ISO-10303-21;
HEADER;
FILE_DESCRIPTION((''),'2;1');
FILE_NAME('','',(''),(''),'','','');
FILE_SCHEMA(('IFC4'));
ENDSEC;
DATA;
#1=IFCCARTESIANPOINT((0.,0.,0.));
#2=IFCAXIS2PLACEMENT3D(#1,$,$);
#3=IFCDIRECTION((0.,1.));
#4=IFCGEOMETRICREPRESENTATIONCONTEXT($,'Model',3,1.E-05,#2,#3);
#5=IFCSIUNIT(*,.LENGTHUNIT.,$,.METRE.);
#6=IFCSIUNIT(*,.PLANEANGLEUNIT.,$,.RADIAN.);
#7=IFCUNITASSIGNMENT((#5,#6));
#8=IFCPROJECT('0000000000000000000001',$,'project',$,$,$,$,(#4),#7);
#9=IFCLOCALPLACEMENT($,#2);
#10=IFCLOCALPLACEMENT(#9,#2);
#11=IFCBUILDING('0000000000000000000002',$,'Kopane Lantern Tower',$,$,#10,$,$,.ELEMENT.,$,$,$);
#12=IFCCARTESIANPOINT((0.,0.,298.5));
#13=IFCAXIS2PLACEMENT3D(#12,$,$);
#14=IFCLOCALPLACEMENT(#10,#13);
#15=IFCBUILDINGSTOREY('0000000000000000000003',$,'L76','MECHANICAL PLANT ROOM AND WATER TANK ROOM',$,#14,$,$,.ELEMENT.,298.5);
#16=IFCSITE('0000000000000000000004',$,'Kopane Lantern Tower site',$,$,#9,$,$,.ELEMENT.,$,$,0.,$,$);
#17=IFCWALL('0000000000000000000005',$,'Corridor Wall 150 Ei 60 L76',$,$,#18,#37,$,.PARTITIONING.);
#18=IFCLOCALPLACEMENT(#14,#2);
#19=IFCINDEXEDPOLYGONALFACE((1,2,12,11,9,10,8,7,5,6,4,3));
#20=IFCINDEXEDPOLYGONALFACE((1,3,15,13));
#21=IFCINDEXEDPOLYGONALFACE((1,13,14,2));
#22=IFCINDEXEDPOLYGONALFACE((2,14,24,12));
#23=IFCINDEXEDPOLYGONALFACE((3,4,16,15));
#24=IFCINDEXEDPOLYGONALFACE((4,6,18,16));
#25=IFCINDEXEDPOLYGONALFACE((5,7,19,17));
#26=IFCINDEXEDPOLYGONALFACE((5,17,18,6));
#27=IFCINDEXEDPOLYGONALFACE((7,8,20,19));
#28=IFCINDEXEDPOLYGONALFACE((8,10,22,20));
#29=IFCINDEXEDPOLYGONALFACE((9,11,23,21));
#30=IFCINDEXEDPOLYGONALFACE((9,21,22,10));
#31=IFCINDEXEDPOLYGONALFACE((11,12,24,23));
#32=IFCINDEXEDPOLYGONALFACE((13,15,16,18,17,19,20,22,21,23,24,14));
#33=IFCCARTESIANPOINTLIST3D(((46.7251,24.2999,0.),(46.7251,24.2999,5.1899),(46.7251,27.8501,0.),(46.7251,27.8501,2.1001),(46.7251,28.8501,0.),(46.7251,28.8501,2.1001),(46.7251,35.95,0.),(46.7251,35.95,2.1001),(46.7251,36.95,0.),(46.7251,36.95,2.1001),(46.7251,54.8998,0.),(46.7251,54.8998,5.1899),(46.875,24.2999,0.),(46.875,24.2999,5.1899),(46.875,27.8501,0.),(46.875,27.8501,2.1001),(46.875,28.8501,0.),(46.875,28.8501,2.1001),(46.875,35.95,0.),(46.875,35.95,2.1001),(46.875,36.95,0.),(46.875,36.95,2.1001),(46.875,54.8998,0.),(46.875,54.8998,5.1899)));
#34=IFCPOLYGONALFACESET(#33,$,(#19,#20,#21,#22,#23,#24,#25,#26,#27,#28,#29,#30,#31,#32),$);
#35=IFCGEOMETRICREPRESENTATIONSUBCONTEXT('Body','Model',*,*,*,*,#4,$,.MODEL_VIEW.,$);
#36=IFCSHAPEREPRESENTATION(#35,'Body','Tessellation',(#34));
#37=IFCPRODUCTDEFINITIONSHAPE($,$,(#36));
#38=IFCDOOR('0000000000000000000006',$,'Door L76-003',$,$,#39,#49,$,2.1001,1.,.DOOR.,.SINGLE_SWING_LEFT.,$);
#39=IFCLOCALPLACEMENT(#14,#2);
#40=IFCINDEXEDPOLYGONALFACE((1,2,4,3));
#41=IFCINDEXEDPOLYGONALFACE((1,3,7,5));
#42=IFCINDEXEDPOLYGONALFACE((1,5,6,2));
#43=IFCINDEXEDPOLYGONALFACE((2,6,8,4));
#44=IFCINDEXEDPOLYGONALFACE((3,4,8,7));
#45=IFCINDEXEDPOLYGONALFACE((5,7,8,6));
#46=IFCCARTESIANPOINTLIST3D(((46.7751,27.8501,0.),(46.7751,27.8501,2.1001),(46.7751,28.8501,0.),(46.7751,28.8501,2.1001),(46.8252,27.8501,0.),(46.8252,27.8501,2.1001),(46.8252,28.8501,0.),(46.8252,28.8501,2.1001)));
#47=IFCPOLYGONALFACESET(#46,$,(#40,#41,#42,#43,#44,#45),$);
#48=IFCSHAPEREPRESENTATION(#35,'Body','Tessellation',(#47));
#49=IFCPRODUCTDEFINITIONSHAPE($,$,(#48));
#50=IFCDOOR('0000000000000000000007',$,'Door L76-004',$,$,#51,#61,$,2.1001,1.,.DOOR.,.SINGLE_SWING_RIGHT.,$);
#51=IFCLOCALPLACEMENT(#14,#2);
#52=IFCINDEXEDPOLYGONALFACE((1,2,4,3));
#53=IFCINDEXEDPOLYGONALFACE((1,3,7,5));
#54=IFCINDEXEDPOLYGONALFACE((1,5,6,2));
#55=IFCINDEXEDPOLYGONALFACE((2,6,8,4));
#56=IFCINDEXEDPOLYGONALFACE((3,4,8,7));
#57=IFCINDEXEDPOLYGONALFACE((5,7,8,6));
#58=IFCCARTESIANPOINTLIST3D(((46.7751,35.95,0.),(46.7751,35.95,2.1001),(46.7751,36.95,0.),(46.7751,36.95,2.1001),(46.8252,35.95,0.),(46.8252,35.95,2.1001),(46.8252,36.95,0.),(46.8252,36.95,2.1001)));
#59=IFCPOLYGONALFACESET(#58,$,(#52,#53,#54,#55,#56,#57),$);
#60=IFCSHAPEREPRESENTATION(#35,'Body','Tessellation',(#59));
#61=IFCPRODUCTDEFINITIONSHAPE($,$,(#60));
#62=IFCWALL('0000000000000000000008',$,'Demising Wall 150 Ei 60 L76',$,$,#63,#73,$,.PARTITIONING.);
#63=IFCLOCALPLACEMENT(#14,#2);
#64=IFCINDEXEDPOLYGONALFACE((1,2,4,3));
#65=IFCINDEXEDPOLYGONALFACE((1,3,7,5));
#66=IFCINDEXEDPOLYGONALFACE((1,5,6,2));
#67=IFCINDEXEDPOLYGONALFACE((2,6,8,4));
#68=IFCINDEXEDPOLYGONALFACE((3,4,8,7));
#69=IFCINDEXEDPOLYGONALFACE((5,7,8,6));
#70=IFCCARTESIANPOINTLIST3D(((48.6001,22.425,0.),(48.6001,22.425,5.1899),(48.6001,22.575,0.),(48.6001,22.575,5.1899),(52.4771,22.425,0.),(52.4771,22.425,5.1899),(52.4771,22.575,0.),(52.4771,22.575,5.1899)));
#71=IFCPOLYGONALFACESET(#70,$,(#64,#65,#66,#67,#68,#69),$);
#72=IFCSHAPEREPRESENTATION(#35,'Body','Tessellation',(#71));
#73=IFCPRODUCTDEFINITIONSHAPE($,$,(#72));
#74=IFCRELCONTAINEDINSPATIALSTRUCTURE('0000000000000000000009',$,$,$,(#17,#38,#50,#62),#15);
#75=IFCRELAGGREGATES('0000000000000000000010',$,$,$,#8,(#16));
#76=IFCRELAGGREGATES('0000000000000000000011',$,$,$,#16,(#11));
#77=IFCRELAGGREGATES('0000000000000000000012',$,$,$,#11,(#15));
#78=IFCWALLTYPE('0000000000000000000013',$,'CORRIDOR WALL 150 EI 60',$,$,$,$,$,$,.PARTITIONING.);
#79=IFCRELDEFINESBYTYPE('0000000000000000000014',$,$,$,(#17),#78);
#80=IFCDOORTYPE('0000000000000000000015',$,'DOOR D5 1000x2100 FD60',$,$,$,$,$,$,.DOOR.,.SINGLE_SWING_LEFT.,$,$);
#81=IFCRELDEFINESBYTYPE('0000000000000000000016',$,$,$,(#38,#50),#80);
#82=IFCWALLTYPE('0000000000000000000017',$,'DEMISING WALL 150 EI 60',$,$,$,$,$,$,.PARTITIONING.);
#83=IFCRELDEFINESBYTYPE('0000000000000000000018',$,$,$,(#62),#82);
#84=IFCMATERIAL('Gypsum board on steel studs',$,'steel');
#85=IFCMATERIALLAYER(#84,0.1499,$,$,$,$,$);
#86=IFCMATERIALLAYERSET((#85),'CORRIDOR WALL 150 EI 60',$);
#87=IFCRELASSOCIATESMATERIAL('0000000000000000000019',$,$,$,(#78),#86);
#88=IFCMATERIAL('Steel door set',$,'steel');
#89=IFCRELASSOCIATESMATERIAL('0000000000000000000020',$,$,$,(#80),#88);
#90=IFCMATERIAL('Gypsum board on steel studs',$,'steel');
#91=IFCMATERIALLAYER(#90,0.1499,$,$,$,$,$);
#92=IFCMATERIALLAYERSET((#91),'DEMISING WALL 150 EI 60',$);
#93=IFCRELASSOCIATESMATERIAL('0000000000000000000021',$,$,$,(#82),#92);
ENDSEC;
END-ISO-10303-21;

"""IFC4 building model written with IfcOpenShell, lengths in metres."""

from ifc_helpers import new_model, si_unit, direction, frame, frame_2d, origin, place, context, subcontext, project, spatial, rectangle, extrude, material, layer, layer_set, type_object, element, fill, save


model = new_model("IFC4")

# Units and contexts
model_context = context("Model", 3, precision=1e-05, world=origin(), true_north=direction((0.0, 1.0)))
body_context = subcontext(model_context, "Body", "Model", "MODEL_VIEW")
ifc_project = project(units=[si_unit("LENGTHUNIT", "METRE"), si_unit("PLANEANGLEUNIT", "RADIAN")], contexts=[model_context])

# Site, building, storey
site_placement = place(None, origin())
site = spatial("IfcSite", under=ifc_project, at=site_placement, Name="Kopane Lantern Tower site", CompositionType="ELEMENT", RefElevation=0.0)
building_placement = place(site_placement, origin())
building = spatial("IfcBuilding", under=site, at=building_placement, Name="Kopane Lantern Tower", CompositionType="ELEMENT")
storey_placement = place(building_placement, frame((0.0, 0.0, 298.5)))
storey = spatial("IfcBuildingStorey", under=building, at=storey_placement, Name="L76", Description="MECHANICAL PLANT ROOM AND WATER TANK ROOM", CompositionType="ELEMENT", Elevation=298.5)

# Wall, openings, doors
ifc_material_1 = material(Name="Gypsum board on steel studs", Category="steel")
ifc_layer_1 = layer(ifc_material_1, 0.1499)
ifc_layer_set_1 = layer_set([ifc_layer_1], Name="CORRIDOR WALL 150 EI 60")
wall_type_1 = type_object("IfcWallType", Name="CORRIDOR WALL 150 EI 60", PredefinedType="PARTITIONING", material=ifc_layer_set_1)
wall_1_placement = place(storey_placement, frame((46.8, 24.3, 0.0), z_axis=(0.0, 0.0, 1.0), x_axis=(0.0, 1.0, 0.0)))
wall_1 = element("IfcWall", 1, at=wall_1_placement, inside=storey, type_object=wall_type_1, Name="Corridor Wall 150 Ei 60 L76", PredefinedType="PARTITIONING", context=body_context, shape_type="SweptSolid", body=[
    extrude(rectangle(XDim=30.5999, YDim=0.1499, at=frame_2d((15.2998, 0.0))), origin(), (0.0, 0.0, 1.0), 5.1899),
])
opening_1_placement = place(wall_1_placement, frame((3.55, 0.0, 0.0)))
opening_1 = element("IfcOpeningElement", 2, at=opening_1_placement, cuts=wall_1, PredefinedType="OPENING", context=body_context, shape_type="SweptSolid", body=[
    extrude(rectangle(XDim=1.0, YDim=2.1001, at=frame_2d((0.5, 1.05))), frame((0.0, 0.085, 0.0), z_axis=(0.0, -1.0, 0.0), x_axis=(1.0, 0.0, 0.0)), (0.0, 0.0, 1.0), 0.1699),
])
opening_2_placement = place(wall_1_placement, frame((11.6499, 0.0, 0.0)))
opening_2 = element("IfcOpeningElement", 3, at=opening_2_placement, cuts=wall_1, PredefinedType="OPENING", context=body_context, shape_type="SweptSolid", body=[
    extrude(rectangle(XDim=1.0, YDim=2.1001, at=frame_2d((0.5, 1.05))), frame((0.0, 0.085, 0.0), z_axis=(0.0, -1.0, 0.0), x_axis=(1.0, 0.0, 0.0)), (0.0, 0.0, 1.0), 0.1699),
])
ifc_material_2 = material(Name="Steel door set", Category="steel")
door_type_1 = type_object("IfcDoorType", Name="DOOR D5 1000x2100 FD60", OperationType="SINGLE_SWING_LEFT", PredefinedType="DOOR", material=ifc_material_2)
door_1_placement = place(opening_1_placement, origin())
door_1 = element("IfcDoor", 4, at=door_1_placement, inside=storey, type_object=door_type_1, Name="Door L76-003", OperationType="SINGLE_SWING_LEFT", OverallHeight=2.1001, OverallWidth=1.0, PredefinedType="DOOR", context=body_context, shape_type="SweptSolid", body=[
    extrude(rectangle(XDim=1.0, YDim=2.1001, at=frame_2d((0.5, 1.05))), frame((0.0, 0.0249, 0.0), z_axis=(0.0, -1.0, 0.0), x_axis=(1.0, 0.0, 0.0)), (0.0, 0.0, 1.0), 0.05),
])
fill(opening_1, door_1)
door_2_placement = place(opening_2_placement, origin())
door_2 = element("IfcDoor", 5, at=door_2_placement, inside=storey, type_object=door_type_1, Name="Door L76-004", OperationType="SINGLE_SWING_RIGHT", OverallHeight=2.1001, OverallWidth=1.0, PredefinedType="DOOR", context=body_context, shape_type="SweptSolid", body=[
    extrude(rectangle(XDim=1.0, YDim=2.1001, at=frame_2d((0.5, 1.05))), frame((0.0, 0.0249, 0.0), z_axis=(0.0, -1.0, 0.0), x_axis=(1.0, 0.0, 0.0)), (0.0, 0.0, 1.0), 0.05),
])
fill(opening_2, door_2)

# Wall
ifc_material_3 = material(Name="Gypsum board on steel studs", Category="steel")
ifc_layer_2 = layer(ifc_material_3, 0.1499)
ifc_layer_set_2 = layer_set([ifc_layer_2], Name="DEMISING WALL 150 EI 60")
wall_type_2 = type_object("IfcWallType", Name="DEMISING WALL 150 EI 60", PredefinedType="PARTITIONING", material=ifc_layer_set_2)
wall_2_placement = place(storey_placement, frame((48.6001, 22.5, 0.0), z_axis=(0.0, 0.0, 1.0), x_axis=(1.0, 0.0, 0.0)))
element("IfcWall", 6, at=wall_2_placement, inside=storey, type_object=wall_type_2, Name="Demising Wall 150 Ei 60 L76", PredefinedType="PARTITIONING", context=body_context, shape_type="SweptSolid", body=[
    extrude(rectangle(XDim=3.877, YDim=0.1499, at=frame_2d((1.9385, 0.0))), origin(), (0.0, 0.0, 1.0), 5.1899),
])

save(model, "model.ifc")
